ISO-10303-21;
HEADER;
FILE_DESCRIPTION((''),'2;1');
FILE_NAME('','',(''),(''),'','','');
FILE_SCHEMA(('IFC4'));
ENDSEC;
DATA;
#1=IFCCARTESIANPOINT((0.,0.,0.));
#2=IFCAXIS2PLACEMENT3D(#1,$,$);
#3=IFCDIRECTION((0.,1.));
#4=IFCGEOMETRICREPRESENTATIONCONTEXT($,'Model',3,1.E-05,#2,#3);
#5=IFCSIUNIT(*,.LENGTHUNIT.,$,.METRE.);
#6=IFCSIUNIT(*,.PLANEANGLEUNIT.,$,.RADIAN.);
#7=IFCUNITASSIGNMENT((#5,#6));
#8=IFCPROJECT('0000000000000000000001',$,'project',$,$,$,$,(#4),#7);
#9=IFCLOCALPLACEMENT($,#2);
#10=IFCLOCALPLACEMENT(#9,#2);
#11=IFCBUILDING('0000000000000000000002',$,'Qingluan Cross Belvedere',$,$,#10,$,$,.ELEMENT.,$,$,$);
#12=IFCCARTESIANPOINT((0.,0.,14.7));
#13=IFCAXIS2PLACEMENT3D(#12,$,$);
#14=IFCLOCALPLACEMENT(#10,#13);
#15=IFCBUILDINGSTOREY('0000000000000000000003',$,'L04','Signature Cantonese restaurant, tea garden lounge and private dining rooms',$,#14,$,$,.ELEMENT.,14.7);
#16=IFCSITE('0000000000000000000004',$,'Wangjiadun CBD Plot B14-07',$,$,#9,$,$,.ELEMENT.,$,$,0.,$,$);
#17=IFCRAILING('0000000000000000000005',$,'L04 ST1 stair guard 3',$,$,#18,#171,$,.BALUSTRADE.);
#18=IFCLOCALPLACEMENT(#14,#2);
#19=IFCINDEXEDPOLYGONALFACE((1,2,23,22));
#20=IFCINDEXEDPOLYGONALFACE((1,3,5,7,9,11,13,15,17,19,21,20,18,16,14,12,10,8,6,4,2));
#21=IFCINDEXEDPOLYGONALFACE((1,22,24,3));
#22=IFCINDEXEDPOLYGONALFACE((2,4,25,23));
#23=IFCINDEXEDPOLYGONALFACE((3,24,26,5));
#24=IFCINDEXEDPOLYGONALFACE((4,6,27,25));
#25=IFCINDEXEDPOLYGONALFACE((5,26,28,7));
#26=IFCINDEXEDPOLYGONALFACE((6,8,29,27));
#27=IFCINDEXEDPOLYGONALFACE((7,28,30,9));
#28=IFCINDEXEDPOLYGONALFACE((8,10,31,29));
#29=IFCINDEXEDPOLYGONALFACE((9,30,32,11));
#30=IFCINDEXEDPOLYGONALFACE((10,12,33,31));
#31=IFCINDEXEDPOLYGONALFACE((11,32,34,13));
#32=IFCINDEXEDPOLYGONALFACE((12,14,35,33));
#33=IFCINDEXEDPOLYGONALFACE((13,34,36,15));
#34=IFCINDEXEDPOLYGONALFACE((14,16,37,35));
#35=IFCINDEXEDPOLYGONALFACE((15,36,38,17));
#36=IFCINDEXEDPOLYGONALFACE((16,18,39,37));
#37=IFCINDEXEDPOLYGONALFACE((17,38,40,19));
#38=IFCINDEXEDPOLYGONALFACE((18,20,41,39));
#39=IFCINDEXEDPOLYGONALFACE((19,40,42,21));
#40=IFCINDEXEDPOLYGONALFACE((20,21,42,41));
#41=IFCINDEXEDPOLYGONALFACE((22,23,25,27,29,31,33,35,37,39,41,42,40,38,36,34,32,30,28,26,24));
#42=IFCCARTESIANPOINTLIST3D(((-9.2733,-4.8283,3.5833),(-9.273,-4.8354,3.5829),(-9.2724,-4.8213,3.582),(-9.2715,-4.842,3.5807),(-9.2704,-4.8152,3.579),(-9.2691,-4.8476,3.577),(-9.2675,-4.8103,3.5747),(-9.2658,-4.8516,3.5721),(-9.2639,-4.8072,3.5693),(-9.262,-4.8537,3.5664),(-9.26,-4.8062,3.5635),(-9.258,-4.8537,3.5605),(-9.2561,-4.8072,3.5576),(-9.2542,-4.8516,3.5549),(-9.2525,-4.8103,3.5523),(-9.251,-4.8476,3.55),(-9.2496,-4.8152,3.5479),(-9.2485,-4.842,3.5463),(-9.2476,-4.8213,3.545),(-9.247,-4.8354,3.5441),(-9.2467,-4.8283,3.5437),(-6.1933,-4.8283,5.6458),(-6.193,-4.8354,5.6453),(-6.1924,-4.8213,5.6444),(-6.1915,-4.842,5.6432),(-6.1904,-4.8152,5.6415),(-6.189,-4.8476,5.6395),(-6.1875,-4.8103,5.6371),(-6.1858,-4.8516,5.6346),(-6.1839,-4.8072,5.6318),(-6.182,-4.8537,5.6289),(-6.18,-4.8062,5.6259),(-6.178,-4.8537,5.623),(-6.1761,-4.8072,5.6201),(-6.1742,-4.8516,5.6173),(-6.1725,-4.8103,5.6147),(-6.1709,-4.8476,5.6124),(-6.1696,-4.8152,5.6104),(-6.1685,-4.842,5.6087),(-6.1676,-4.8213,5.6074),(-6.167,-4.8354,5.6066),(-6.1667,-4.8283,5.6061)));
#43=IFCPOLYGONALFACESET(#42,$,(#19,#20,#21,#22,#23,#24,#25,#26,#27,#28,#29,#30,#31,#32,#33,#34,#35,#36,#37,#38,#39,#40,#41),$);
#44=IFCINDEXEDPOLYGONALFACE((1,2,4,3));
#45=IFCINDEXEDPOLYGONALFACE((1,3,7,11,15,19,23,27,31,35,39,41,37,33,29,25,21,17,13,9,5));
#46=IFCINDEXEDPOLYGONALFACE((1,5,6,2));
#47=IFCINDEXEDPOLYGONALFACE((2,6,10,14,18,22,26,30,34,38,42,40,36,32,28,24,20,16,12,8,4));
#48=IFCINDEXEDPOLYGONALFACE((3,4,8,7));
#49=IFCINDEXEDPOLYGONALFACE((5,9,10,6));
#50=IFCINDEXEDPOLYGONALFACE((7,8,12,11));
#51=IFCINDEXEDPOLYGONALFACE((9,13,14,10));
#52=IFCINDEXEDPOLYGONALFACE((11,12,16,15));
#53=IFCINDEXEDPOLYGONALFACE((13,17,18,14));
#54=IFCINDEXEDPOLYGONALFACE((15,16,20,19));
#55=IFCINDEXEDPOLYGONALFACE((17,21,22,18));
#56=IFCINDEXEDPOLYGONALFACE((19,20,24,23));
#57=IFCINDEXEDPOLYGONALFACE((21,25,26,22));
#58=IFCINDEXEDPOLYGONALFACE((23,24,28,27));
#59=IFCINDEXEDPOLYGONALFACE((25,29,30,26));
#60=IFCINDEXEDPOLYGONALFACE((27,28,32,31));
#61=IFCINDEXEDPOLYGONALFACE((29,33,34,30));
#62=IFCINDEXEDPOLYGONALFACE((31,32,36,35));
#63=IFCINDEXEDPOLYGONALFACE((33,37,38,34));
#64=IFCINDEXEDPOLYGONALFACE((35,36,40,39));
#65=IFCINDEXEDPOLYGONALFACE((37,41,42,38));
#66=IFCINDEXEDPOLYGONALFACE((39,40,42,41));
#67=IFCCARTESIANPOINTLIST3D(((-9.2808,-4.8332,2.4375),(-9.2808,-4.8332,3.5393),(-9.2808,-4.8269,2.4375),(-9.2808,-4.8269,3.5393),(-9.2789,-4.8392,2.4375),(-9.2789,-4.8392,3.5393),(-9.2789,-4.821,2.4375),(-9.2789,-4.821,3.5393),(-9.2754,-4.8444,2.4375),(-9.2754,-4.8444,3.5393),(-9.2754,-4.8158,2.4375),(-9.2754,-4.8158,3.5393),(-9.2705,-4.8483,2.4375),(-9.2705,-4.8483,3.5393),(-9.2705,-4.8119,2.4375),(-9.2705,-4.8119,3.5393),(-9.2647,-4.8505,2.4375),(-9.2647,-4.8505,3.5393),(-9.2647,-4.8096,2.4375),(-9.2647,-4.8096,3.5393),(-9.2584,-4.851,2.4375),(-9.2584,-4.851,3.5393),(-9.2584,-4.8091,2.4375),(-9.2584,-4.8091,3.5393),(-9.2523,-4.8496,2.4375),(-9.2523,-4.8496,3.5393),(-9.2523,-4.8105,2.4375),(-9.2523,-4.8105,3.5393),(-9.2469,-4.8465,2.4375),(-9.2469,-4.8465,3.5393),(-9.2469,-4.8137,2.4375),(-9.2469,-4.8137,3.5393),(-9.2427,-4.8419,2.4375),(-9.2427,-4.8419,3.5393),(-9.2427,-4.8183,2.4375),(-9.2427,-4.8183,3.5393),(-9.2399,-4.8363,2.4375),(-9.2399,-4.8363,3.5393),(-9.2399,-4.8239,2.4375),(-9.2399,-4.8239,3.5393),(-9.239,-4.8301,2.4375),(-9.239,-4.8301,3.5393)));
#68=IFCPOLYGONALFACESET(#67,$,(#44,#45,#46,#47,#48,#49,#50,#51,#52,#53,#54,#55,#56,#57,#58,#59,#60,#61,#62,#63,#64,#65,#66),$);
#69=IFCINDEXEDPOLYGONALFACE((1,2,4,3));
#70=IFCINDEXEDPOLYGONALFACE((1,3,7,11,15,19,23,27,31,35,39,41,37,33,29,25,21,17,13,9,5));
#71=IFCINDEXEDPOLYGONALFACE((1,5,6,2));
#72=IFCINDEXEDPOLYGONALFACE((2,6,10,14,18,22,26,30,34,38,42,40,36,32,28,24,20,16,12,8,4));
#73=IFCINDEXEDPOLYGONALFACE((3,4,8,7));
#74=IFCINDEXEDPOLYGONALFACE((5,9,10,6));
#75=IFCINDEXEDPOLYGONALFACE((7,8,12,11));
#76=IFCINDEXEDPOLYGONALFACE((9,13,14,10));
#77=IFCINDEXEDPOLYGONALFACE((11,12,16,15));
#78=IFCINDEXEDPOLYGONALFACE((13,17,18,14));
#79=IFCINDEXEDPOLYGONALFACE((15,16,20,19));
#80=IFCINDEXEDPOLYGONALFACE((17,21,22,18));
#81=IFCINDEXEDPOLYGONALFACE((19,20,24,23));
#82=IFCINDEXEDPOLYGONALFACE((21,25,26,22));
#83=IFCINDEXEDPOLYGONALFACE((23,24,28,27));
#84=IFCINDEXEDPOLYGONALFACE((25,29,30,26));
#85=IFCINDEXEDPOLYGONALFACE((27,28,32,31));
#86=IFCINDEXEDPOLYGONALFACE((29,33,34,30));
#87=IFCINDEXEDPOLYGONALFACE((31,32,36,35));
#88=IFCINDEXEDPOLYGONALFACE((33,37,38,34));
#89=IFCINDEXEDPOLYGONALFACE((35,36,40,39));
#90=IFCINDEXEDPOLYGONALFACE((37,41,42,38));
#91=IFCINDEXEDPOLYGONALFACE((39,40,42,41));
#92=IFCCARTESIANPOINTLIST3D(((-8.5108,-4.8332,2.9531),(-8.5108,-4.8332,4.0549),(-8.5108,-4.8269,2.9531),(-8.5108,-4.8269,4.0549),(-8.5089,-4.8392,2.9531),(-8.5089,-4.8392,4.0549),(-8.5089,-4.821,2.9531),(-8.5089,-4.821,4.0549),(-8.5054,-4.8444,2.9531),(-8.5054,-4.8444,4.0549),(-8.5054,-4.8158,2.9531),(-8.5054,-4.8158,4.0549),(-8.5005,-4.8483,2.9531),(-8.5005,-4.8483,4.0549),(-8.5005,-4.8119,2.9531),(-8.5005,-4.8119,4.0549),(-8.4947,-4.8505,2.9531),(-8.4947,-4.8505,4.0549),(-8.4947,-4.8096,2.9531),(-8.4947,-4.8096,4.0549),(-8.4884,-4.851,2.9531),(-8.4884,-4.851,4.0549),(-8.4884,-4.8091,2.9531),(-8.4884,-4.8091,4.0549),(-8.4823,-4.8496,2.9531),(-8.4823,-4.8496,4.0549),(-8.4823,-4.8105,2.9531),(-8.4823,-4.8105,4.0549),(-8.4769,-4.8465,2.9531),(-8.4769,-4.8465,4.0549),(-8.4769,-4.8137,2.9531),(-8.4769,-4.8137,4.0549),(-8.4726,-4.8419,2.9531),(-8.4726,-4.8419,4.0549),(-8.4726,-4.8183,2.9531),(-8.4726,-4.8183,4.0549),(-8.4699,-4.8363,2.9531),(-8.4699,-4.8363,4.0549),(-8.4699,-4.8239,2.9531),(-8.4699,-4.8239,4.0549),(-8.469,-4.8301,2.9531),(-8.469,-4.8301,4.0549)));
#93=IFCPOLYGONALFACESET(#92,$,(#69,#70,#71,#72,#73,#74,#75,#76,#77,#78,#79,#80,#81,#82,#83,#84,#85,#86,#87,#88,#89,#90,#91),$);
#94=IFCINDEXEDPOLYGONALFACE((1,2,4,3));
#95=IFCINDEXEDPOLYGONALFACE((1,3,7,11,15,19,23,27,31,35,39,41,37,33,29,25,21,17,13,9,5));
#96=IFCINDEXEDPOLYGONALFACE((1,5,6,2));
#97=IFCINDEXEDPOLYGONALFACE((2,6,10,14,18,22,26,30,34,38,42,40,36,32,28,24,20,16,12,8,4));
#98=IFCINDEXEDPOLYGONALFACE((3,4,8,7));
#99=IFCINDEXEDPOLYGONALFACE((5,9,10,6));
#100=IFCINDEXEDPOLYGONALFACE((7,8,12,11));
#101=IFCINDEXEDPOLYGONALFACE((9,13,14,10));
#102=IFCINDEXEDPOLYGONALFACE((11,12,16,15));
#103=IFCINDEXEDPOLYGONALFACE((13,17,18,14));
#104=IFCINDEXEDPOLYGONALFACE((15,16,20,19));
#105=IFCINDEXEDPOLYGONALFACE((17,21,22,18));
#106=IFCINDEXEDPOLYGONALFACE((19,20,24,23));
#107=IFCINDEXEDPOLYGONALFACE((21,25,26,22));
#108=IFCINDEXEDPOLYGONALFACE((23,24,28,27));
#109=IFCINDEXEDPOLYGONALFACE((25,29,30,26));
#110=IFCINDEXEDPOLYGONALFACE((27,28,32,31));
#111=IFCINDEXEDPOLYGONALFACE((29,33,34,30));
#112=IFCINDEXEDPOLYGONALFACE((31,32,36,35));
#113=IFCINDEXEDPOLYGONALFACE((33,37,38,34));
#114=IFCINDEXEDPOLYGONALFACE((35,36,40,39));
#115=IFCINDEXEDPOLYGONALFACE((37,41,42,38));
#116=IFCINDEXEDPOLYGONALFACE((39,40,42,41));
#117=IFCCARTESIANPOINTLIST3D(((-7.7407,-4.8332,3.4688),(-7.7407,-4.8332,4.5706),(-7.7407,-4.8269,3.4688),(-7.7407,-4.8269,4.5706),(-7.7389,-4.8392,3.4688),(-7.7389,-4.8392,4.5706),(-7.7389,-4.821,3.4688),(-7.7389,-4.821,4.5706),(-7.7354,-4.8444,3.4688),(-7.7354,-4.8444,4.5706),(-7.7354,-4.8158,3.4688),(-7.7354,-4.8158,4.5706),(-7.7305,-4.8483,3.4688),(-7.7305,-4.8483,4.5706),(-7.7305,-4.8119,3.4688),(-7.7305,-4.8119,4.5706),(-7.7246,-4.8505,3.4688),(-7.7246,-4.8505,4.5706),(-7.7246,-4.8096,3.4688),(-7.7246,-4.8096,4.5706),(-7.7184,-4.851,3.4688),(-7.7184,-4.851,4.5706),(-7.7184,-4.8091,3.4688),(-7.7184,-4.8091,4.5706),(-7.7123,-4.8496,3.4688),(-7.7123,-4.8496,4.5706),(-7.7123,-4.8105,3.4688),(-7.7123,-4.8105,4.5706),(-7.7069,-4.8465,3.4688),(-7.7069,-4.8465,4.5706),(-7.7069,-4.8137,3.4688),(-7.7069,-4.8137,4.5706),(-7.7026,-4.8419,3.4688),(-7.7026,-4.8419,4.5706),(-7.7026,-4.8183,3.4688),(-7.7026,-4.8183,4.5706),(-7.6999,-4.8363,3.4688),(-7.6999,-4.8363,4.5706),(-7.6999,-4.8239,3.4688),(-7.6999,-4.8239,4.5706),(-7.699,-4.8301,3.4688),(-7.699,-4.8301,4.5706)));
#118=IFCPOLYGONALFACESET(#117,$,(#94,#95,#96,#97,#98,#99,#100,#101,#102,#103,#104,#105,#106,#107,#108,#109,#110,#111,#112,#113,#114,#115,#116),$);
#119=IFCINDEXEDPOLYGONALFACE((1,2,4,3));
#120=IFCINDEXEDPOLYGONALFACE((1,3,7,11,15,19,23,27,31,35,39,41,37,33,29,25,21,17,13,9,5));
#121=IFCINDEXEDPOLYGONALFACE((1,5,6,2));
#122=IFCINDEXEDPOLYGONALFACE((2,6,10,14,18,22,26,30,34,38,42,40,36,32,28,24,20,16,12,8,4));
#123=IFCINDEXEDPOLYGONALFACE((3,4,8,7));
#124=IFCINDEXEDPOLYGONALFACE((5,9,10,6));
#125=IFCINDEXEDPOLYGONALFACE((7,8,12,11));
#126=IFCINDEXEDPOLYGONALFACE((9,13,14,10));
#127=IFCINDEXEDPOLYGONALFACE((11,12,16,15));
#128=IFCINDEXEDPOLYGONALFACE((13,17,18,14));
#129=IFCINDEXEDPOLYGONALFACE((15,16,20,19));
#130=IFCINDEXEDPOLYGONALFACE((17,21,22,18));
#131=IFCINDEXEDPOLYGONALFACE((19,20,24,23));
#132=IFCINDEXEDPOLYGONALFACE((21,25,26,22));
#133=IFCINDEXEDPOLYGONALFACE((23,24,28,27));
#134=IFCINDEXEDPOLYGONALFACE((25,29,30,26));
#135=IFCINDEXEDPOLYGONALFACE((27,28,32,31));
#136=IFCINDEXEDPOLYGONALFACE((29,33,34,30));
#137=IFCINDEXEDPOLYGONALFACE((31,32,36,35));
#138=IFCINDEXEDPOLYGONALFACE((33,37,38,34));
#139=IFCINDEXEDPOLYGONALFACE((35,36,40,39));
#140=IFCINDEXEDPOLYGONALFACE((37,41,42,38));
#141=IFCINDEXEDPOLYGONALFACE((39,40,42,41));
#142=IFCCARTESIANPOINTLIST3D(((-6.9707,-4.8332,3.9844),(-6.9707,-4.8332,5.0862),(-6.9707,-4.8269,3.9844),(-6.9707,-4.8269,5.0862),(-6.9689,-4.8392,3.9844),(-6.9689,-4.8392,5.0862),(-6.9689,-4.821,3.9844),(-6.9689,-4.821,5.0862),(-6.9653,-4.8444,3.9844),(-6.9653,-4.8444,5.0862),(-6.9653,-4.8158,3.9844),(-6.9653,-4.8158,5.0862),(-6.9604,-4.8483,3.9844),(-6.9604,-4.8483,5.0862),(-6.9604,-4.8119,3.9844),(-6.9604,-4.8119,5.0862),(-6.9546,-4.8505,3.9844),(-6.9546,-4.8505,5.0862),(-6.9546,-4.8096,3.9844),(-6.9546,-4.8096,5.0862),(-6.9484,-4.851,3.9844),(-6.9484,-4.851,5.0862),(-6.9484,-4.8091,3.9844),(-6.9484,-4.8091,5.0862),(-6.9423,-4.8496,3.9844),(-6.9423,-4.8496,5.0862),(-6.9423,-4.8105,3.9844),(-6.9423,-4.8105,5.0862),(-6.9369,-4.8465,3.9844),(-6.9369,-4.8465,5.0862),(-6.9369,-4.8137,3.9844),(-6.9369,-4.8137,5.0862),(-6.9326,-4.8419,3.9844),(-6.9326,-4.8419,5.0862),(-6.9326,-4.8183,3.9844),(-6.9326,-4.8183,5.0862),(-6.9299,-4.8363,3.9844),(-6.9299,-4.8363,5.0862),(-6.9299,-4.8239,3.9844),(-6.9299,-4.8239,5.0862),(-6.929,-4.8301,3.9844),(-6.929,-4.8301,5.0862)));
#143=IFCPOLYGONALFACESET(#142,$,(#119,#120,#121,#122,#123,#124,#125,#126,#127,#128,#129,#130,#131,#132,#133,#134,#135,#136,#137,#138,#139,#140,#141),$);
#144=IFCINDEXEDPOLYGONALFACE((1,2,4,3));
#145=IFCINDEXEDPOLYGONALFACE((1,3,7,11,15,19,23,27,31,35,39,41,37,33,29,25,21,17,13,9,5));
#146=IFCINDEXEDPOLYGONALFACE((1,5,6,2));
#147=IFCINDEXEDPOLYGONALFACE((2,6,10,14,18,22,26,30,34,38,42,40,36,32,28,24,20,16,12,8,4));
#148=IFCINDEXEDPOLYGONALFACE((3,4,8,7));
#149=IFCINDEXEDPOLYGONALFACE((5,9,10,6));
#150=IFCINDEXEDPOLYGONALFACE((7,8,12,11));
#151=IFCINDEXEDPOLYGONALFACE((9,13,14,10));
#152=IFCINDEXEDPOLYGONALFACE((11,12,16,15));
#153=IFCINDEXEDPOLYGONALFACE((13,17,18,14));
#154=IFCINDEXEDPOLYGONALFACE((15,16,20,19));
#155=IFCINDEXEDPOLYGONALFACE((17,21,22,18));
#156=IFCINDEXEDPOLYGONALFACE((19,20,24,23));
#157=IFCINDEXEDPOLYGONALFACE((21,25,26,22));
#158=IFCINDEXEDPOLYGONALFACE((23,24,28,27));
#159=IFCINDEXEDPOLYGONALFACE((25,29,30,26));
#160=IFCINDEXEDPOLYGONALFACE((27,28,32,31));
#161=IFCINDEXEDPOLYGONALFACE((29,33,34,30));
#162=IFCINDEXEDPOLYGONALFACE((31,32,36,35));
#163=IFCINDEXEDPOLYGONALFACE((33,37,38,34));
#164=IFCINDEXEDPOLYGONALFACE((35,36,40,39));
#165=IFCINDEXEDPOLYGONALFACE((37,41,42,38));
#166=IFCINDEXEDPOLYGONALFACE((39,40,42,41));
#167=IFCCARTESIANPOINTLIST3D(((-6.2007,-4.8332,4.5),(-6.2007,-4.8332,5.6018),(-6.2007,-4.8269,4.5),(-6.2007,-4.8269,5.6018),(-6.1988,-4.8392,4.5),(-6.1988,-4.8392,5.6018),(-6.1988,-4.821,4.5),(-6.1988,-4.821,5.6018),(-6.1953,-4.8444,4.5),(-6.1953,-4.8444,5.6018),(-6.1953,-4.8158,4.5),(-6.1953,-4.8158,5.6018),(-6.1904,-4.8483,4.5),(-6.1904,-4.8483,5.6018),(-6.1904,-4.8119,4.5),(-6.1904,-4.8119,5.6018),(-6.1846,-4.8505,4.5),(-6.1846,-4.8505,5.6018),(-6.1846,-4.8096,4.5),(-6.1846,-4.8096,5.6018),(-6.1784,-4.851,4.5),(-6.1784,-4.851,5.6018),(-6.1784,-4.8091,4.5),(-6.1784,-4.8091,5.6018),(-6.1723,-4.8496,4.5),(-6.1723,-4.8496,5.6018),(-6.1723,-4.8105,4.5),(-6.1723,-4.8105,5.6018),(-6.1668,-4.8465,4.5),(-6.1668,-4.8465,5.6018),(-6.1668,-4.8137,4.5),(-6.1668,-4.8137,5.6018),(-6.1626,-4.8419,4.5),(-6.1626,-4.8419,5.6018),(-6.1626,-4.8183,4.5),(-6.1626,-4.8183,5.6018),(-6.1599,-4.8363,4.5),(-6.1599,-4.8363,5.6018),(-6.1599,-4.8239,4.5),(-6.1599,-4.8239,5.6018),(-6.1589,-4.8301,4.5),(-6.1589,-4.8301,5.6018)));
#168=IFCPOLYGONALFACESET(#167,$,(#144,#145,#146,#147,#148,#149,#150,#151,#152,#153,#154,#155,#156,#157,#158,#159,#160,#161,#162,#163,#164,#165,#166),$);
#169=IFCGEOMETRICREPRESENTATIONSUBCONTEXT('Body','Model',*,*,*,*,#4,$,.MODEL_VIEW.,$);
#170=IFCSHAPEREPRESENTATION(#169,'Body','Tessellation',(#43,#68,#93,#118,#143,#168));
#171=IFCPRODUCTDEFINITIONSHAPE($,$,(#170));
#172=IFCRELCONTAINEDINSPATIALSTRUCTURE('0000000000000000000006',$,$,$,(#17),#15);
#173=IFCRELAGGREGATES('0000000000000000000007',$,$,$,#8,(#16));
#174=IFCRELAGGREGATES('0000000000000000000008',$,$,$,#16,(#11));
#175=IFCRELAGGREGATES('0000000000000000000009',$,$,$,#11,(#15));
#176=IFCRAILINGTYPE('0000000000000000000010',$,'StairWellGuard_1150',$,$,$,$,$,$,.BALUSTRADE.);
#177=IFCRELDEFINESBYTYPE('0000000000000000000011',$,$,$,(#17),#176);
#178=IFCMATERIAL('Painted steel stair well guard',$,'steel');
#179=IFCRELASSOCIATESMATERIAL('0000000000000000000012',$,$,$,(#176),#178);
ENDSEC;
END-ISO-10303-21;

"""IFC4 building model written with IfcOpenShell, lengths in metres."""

from ifc_helpers import new_model, si_unit, direction, frame, origin, origin_2d, place, context, subcontext, project, spatial, circle, extrude, material, type_object, element, save


model = new_model("IFC4")

# Units and contexts
model_context = context("Model", 3, precision=1e-05, world=origin(), true_north=direction((0.0, 1.0)))
body_context = subcontext(model_context, "Body", "Model", "MODEL_VIEW")
ifc_project = project(units=[si_unit("LENGTHUNIT", "METRE"), si_unit("PLANEANGLEUNIT", "RADIAN")], contexts=[model_context])

# Site, building, storey
site_placement = place(None, origin())
site = spatial("IfcSite", under=ifc_project, at=site_placement, Name="Wangjiadun CBD Plot B14-07", CompositionType="ELEMENT", RefElevation=0.0)
building_placement = place(site_placement, origin())
building = spatial("IfcBuilding", under=site, at=building_placement, Name="Qingluan Cross Belvedere", CompositionType="ELEMENT")
storey_placement = place(building_placement, frame((0.0, 0.0, 14.7)))
storey = spatial("IfcBuildingStorey", under=building, at=storey_placement, Name="L04", Description="Signature Cantonese restaurant, tea garden lounge and private dining rooms", CompositionType="ELEMENT", Elevation=14.7)

# Railing
ifc_material_1 = material(Name="Painted steel stair well guard", Category="steel")
railing_type_1 = type_object("IfcRailingType", Name="StairWellGuard_1150", PredefinedType="BALUSTRADE", material=ifc_material_1)
railing_1_placement = place(storey_placement, frame((-9.26, -4.8301, 2.4375)))
element("IfcRailing", 1, at=railing_1_placement, inside=storey, type_object=railing_type_1, Name="L04 ST1 stair guard 3", PredefinedType="BALUSTRADE", context=body_context, shape_type="SweptSolid", body=[
    extrude(circle(Radius=0.0239, at=origin_2d()), frame((0.0, 0.0, 1.126), z_axis=(0.830914, 0.0, 0.556401), x_axis=(0.0, 1.0, 0.0)), (0.0, 0.0, 1.0), 3.7068),
    extrude(circle(Radius=0.021, at=origin_2d()), origin(), (0.0, 0.0, 1.0), 1.1018),
    extrude(circle(Radius=0.021, at=origin_2d()), frame((0.77, 0.0, 0.5156)), (0.0, 0.0, 1.0), 1.1018),
    extrude(circle(Radius=0.021, at=origin_2d()), frame((1.54, 0.0, 1.0312)), (0.0, 0.0, 1.0), 1.1018),
    extrude(circle(Radius=0.021, at=origin_2d()), frame((2.3101, 0.0, 1.5469)), (0.0, 0.0, 1.0), 1.1018),
    extrude(circle(Radius=0.021, at=origin_2d()), frame((3.0801, 0.0, 2.0625)), (0.0, 0.0, 1.0), 1.1018),
])

save(model, "model.ifc")
